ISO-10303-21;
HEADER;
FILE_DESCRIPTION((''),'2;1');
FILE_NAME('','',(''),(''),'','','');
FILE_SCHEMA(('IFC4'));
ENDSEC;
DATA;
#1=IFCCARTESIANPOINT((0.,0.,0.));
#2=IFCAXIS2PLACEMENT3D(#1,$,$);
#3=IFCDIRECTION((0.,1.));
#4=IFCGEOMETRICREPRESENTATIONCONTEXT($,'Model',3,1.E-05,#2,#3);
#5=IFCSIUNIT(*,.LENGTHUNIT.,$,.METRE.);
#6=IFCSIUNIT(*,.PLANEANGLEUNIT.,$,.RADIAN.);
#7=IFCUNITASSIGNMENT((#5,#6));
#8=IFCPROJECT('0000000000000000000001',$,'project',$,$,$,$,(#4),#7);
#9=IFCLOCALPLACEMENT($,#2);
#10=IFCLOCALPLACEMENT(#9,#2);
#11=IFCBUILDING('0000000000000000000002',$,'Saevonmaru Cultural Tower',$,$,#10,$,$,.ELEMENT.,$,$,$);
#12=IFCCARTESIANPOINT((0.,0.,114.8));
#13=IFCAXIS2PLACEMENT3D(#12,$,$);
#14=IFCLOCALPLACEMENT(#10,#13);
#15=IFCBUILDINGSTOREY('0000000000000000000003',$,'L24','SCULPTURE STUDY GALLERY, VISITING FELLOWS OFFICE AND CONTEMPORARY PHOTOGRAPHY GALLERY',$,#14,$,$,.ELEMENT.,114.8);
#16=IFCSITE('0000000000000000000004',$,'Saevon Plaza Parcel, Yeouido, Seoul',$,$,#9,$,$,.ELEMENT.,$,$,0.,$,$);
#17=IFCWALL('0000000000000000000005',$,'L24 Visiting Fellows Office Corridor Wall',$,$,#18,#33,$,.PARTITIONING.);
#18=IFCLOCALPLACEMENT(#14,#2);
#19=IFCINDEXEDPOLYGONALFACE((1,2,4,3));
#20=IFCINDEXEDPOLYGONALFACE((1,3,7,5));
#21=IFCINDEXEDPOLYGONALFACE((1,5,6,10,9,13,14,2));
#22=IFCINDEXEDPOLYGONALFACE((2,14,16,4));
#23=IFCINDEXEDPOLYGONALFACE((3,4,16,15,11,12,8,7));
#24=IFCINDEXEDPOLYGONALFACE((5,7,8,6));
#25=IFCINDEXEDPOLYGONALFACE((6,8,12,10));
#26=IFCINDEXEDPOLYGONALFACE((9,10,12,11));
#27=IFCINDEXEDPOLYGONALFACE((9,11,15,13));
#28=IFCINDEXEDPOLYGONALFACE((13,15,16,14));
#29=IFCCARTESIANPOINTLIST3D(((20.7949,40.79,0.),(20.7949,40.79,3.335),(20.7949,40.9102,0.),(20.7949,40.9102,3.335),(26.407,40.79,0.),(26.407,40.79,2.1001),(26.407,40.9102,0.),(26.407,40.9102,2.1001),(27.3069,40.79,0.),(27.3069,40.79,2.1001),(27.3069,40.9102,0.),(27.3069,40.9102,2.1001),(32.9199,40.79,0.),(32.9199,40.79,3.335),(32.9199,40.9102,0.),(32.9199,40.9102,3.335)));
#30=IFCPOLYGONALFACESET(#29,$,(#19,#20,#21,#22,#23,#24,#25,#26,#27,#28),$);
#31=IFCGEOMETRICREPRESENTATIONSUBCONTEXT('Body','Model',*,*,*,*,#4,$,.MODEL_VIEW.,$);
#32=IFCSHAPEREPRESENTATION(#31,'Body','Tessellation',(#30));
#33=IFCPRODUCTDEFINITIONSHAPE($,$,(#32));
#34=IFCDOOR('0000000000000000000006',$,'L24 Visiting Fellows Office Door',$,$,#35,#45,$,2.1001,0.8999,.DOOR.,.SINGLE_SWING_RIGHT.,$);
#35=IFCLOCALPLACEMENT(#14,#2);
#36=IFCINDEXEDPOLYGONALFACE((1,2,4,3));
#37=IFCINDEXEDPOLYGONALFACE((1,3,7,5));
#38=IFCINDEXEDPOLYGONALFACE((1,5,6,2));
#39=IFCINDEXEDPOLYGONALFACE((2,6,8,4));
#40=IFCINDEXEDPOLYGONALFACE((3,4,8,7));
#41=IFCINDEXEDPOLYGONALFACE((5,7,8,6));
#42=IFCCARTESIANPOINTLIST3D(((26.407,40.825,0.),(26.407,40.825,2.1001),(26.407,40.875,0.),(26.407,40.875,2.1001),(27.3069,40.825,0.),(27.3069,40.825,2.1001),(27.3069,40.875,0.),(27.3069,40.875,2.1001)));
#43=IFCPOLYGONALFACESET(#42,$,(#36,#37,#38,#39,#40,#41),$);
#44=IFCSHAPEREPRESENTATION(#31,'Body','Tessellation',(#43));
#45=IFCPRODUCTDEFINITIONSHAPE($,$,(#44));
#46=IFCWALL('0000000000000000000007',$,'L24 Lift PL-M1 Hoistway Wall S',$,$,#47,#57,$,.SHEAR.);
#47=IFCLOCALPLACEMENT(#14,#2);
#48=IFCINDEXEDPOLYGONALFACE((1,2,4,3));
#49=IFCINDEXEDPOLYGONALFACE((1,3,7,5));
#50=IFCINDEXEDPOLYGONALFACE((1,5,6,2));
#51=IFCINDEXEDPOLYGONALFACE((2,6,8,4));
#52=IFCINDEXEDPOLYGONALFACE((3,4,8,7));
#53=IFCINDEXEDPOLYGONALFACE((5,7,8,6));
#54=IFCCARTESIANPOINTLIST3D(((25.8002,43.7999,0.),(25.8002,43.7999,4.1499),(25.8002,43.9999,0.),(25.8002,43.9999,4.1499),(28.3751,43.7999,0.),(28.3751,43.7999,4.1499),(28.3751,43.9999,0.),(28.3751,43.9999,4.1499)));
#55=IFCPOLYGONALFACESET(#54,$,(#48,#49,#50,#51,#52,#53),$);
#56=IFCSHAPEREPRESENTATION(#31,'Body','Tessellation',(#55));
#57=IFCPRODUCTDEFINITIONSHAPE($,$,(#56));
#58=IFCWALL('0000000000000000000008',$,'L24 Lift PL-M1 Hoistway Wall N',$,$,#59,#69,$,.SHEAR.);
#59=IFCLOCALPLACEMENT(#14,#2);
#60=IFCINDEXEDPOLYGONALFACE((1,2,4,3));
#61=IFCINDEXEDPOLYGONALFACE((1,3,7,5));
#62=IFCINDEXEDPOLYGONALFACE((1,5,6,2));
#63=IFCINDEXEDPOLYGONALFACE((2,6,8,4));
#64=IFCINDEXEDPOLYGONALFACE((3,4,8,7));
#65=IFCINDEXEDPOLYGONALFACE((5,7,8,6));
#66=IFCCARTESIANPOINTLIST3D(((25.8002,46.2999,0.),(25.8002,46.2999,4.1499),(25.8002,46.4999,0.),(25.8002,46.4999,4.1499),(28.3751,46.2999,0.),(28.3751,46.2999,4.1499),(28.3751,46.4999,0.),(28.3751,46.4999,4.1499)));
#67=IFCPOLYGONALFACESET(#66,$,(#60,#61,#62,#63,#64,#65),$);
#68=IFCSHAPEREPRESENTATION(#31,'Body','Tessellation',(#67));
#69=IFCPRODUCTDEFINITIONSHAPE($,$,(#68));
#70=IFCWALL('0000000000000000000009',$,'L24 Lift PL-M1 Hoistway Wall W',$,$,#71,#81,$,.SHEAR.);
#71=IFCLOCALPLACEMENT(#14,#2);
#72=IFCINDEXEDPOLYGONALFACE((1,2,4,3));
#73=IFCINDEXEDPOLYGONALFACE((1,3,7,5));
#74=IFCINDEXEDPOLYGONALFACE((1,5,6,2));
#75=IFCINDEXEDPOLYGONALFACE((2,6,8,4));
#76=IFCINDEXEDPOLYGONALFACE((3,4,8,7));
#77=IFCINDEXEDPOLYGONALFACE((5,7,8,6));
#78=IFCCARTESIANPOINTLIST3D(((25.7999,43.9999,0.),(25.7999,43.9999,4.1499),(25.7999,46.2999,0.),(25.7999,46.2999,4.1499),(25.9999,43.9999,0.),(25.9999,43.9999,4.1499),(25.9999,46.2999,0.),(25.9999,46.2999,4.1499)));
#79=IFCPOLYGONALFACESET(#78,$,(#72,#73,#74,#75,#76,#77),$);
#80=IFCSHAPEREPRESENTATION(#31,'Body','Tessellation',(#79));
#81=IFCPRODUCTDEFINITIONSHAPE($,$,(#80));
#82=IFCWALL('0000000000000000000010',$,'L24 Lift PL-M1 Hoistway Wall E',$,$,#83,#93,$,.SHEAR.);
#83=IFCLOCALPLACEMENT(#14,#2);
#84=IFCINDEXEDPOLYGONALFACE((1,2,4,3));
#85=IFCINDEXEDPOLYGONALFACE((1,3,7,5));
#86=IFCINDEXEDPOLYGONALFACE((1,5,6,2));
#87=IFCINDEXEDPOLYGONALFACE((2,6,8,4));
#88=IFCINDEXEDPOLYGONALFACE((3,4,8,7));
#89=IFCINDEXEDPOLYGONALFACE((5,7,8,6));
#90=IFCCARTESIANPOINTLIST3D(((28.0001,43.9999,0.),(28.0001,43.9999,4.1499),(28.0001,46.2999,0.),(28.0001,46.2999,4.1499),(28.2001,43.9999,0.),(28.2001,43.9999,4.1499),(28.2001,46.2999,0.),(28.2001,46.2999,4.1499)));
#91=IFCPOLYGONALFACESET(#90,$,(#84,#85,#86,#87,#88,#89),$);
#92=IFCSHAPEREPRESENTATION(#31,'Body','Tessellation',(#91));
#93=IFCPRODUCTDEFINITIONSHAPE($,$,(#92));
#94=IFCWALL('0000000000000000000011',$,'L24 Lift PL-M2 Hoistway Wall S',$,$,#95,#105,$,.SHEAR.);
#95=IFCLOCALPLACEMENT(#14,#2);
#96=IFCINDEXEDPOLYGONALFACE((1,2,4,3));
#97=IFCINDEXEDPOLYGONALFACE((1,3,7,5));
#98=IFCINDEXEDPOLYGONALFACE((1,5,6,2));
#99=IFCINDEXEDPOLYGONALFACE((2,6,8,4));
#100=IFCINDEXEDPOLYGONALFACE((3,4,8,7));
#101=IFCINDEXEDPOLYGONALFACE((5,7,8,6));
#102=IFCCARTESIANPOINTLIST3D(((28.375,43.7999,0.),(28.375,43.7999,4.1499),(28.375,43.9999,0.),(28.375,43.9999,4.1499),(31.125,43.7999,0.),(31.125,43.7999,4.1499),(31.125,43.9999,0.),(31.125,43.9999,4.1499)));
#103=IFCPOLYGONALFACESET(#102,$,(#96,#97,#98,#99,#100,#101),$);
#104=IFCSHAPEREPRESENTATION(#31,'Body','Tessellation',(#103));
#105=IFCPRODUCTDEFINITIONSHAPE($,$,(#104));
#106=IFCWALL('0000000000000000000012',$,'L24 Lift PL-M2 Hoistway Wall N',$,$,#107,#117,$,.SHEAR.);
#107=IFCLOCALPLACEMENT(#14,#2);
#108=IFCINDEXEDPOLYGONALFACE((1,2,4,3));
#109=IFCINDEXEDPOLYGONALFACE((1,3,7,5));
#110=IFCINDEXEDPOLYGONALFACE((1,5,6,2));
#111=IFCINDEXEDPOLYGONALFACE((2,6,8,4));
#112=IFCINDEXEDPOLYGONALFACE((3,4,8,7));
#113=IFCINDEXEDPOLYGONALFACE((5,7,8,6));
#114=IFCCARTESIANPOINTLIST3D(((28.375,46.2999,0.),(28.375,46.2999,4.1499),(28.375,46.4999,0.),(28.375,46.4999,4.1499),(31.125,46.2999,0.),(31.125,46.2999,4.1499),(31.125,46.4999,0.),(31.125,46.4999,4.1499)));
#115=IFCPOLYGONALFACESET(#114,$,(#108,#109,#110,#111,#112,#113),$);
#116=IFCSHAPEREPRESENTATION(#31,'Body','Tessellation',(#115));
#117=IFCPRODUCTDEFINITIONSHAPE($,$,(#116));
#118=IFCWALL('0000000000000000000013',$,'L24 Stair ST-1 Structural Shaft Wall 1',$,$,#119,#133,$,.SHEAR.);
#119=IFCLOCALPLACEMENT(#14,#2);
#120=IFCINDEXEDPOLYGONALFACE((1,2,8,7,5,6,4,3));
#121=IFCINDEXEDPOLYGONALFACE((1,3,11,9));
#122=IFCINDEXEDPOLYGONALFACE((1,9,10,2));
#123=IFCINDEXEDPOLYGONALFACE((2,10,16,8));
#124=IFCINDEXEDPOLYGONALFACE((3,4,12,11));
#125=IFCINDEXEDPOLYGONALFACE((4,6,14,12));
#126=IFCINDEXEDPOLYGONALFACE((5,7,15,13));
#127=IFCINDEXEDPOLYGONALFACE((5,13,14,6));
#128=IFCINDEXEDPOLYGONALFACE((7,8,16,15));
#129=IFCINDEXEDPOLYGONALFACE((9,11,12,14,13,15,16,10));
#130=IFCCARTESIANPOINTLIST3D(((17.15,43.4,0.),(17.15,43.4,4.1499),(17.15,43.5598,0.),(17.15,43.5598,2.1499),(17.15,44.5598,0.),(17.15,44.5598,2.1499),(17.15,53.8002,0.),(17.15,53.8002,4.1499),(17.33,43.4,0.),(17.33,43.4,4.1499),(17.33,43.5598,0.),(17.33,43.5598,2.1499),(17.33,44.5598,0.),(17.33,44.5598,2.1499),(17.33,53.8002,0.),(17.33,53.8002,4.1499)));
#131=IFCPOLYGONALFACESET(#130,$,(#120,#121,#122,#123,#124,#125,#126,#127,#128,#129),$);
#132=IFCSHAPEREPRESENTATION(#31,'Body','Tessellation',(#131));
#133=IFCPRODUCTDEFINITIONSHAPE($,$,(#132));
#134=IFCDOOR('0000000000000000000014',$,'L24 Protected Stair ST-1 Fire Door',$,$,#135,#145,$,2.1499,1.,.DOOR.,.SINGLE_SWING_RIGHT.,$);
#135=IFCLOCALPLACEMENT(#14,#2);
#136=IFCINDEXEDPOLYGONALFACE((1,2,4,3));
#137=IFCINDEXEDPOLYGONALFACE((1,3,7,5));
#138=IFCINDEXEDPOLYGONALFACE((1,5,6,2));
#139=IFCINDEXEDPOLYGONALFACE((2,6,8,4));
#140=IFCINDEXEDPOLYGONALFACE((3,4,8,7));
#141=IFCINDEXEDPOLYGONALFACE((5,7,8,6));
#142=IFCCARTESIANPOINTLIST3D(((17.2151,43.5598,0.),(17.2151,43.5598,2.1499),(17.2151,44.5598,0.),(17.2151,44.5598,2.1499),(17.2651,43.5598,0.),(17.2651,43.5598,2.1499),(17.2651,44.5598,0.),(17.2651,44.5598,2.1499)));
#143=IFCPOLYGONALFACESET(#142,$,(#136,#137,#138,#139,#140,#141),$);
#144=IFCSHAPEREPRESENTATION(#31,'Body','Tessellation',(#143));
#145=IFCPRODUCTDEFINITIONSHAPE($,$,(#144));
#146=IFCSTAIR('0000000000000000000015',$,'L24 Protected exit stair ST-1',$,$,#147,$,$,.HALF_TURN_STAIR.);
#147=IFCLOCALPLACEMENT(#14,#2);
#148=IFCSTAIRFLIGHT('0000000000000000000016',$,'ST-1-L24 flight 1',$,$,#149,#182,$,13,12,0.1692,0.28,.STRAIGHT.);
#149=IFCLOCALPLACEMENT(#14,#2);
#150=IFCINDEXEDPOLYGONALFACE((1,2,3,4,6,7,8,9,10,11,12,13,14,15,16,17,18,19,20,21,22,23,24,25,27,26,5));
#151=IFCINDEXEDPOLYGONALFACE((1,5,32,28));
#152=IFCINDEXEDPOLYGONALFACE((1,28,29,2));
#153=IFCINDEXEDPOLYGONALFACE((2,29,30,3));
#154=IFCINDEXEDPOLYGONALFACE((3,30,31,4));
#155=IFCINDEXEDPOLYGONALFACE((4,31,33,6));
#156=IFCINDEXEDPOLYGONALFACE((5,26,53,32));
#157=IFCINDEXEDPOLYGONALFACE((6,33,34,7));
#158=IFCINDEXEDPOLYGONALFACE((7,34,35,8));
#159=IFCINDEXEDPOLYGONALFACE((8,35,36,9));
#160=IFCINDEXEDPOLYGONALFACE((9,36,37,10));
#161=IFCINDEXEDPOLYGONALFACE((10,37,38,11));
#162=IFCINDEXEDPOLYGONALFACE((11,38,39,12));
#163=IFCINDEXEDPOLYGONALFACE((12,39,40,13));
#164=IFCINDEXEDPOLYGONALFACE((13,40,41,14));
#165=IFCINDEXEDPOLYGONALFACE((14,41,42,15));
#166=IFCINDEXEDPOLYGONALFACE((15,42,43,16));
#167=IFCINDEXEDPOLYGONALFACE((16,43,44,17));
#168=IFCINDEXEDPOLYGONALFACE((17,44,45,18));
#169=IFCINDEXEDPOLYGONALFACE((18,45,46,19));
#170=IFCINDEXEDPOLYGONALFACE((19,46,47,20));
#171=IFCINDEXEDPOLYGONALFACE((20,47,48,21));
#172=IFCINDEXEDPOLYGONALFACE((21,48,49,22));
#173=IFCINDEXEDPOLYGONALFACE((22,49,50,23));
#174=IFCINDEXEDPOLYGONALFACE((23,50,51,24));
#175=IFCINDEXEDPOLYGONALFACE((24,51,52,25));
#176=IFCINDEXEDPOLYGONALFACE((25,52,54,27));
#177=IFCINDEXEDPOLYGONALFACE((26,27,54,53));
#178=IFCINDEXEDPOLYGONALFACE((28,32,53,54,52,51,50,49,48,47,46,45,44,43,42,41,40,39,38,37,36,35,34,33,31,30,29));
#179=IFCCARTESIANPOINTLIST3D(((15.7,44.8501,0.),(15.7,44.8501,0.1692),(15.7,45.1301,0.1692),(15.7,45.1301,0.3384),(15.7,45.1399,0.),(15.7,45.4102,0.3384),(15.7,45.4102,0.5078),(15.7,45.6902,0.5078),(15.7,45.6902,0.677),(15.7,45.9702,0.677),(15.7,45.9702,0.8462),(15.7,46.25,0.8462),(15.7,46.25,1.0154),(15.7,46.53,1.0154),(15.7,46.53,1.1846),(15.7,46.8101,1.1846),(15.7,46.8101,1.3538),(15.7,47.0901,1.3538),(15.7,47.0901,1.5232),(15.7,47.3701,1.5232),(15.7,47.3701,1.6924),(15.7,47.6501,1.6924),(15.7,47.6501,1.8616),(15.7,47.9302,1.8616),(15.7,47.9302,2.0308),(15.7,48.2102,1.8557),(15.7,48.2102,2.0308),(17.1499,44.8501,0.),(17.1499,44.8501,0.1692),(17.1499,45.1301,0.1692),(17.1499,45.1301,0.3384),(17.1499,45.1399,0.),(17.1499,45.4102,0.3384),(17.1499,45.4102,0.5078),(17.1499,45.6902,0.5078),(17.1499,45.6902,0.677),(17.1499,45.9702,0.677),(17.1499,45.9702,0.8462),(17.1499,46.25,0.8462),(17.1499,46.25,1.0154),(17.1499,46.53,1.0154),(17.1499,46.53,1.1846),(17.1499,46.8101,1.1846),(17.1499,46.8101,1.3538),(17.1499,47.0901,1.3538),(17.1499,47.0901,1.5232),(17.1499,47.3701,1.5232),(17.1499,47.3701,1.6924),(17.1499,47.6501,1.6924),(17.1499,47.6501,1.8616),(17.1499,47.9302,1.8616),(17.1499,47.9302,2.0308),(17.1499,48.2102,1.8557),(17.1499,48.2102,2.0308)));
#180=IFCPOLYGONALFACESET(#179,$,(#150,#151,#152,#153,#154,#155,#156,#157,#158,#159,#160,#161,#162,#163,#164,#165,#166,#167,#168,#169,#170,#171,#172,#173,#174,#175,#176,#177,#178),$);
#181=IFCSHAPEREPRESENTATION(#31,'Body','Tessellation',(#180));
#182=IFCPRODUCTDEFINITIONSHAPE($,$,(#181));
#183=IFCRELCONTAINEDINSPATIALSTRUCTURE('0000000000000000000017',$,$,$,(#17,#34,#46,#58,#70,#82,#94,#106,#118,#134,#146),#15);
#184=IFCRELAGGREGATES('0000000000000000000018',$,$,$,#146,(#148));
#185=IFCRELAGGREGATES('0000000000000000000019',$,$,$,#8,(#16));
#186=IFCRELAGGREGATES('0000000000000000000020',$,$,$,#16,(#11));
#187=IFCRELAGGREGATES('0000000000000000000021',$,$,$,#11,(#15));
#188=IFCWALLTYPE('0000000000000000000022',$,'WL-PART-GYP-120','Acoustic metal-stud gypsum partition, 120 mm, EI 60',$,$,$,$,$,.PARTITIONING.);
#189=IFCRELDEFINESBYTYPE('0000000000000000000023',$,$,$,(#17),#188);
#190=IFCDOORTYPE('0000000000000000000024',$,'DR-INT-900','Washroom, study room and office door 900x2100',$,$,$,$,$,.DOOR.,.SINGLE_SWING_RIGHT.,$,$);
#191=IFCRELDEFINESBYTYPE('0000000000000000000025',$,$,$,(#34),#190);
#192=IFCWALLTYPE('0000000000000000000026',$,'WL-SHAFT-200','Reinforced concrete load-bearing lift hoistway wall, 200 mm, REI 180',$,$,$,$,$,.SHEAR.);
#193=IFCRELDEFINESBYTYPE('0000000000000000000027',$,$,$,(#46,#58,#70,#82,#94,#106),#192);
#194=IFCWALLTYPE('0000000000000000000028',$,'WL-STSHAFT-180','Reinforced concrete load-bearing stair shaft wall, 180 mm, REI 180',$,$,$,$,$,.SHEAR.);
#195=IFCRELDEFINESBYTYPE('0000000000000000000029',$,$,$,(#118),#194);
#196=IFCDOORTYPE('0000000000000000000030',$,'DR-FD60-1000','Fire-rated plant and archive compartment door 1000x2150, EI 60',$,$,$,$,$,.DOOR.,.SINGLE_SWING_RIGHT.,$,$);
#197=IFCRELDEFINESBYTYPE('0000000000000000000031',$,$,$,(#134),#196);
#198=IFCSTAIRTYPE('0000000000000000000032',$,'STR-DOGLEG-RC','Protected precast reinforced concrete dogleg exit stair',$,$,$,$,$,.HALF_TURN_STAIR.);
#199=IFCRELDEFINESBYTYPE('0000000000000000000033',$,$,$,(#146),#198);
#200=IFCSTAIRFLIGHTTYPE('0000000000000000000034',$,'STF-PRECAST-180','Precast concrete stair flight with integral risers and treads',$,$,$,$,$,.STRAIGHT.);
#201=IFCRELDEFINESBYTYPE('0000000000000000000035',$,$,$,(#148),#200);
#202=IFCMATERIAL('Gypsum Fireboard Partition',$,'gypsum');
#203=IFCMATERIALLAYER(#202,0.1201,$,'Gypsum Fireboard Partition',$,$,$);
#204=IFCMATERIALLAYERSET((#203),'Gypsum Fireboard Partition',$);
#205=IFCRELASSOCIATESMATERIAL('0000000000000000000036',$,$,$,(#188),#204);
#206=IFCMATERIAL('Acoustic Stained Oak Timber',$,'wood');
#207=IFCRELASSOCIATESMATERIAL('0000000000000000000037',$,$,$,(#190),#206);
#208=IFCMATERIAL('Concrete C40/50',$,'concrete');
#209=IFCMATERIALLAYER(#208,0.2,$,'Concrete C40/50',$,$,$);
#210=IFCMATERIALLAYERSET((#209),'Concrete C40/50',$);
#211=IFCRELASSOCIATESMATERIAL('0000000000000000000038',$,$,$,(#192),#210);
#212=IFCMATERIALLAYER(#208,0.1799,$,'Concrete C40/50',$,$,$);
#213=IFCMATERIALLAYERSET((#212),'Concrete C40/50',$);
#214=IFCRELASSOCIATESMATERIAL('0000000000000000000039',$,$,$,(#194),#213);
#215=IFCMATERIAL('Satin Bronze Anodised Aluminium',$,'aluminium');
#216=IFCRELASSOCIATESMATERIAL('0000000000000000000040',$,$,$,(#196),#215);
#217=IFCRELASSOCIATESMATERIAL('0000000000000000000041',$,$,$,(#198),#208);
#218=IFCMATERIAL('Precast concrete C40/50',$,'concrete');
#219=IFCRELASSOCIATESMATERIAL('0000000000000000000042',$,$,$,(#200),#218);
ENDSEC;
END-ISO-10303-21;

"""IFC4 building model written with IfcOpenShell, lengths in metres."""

from ifc_helpers import new_model, si_unit, direction, frame, frame_2d, origin, place, context, subcontext, project, spatial, polyline, rectangle, outline, extrude, material, layer, layer_set, type_object, element, fill, aggregate, save


model = new_model("IFC4")

# Units and contexts
model_context = context("Model", 3, precision=1e-05, world=origin(), true_north=direction((0.0, 1.0)))
body_context = subcontext(model_context, "Body", "Model", "MODEL_VIEW")
ifc_project = project(units=[si_unit("LENGTHUNIT", "METRE"), si_unit("PLANEANGLEUNIT", "RADIAN")], contexts=[model_context])

# Site, building, storey
site_placement = place(None, origin())
site = spatial("IfcSite", under=ifc_project, at=site_placement, Name="Saevon Plaza Parcel, Yeouido, Seoul", CompositionType="ELEMENT", RefElevation=0.0)
building_placement = place(site_placement, origin())
building = spatial("IfcBuilding", under=site, at=building_placement, Name="Saevonmaru Cultural Tower", CompositionType="ELEMENT")
storey_placement = place(building_placement, frame((0.0, 0.0, 114.8)))
storey = spatial("IfcBuildingStorey", under=building, at=storey_placement, Name="L24", Description="SCULPTURE STUDY GALLERY, VISITING FELLOWS OFFICE AND CONTEMPORARY PHOTOGRAPHY GALLERY", CompositionType="ELEMENT", Elevation=114.8)

# Wall, opening, door
ifc_material_1 = material(Name="Gypsum Fireboard Partition", Category="gypsum")
ifc_material_2 = material(Name="Satin Bronze Anodised Aluminium", Category="aluminium")
ifc_layer_1 = layer(ifc_material_1, 0.1201, Name="Gypsum Fireboard Partition")
ifc_layer_set_1 = layer_set([ifc_layer_1], Name="Gypsum Fireboard Partition")
wall_type_1 = type_object("IfcWallType", Name="WL-PART-GYP-120", Description="Acoustic metal-stud gypsum partition, 120 mm, EI 60", PredefinedType="PARTITIONING", material=ifc_layer_set_1)
ifc_material_3 = material(Name="Acoustic Stained Oak Timber", Category="wood")
door_type_1 = type_object("IfcDoorType", Name="DR-INT-900", Description="Washroom, study room and office door 900x2100", OperationType="SINGLE_SWING_RIGHT", PredefinedType="DOOR", material=ifc_material_3)
wall_1_placement = place(storey_placement, frame((20.7949, 40.8501, 0.0), z_axis=(0.0, 0.0, 1.0), x_axis=(1.0, 0.0, 0.0)))
wall_1 = element("IfcWall", 1, at=wall_1_placement, inside=storey, type_object=wall_type_1, Name="L24 Visiting Fellows Office Corridor Wall", PredefinedType="PARTITIONING", context=body_context, shape_type="SweptSolid", body=[
    extrude(rectangle(XDim=12.125, YDim=0.1201, at=frame_2d((6.0625, 0.0))), origin(), (0.0, 0.0, 1.0), 3.335),
])
opening_1_placement = place(wall_1_placement, frame((5.6121, 0.0, 0.0)))
opening_1 = element("IfcOpeningElement", 2, at=opening_1_placement, cuts=wall_1, PredefinedType="OPENING", context=body_context, shape_type="SweptSolid", body=[
    extrude(rectangle(XDim=0.8999, YDim=2.1001, at=frame_2d((0.45, 1.05))), frame((0.0, 0.0701, 0.0), z_axis=(0.0, -1.0, 0.0), x_axis=(1.0, 0.0, 0.0)), (0.0, 0.0, 1.0), 0.1401),
])
door_1_placement = place(opening_1_placement, origin())
door_1 = element("IfcDoor", 3, at=door_1_placement, inside=storey, type_object=door_type_1, Name="L24 Visiting Fellows Office Door", OperationType="SINGLE_SWING_RIGHT", OverallHeight=2.1001, OverallWidth=0.8999, PredefinedType="DOOR", context=body_context, shape_type="SweptSolid", body=[
    extrude(rectangle(XDim=0.8999, YDim=2.1001, at=frame_2d((0.45, 1.05))), frame((0.0, 0.0249, 0.0), z_axis=(0.0, -1.0, 0.0), x_axis=(1.0, 0.0, 0.0)), (0.0, 0.0, 1.0), 0.05),
])
fill(opening_1, door_1)

# Walls
ifc_material_4 = material(Name="Concrete C40/50", Category="concrete")
ifc_layer_2 = layer(ifc_material_4, 0.2, Name="Concrete C40/50")
ifc_layer_set_2 = layer_set([ifc_layer_2], Name="Concrete C40/50")
wall_type_2 = type_object("IfcWallType", Name="WL-SHAFT-200", Description="Reinforced concrete load-bearing lift hoistway wall, 200 mm, REI 180", PredefinedType="SHEAR", material=ifc_layer_set_2)
for number, where, z_axis, x_axis, name in (
    (4, (25.8, 43.8999, 0.0), (0.0, 0.0, 1.0), (1.0, 0.0, 0.0), "L24 Lift PL-M1 Hoistway Wall S"),
    (5, (25.8, 46.3999, 0.0), (0.0, 0.0, 1.0), (1.0, 0.0, 0.0), "L24 Lift PL-M1 Hoistway Wall N"),
):
    element("IfcWall", number, at=place(storey_placement, frame(where, z_axis=z_axis, x_axis=x_axis)), inside=storey, type_object=wall_type_2, Name=name, PredefinedType="SHEAR", context=body_context, shape_type="SweptSolid", body=[
        extrude(rectangle(XDim=2.575, YDim=0.2, at=frame_2d((1.2876, 0.0))), origin(), (0.0, 0.0, 1.0), 4.1499),
    ])
for number, where, z_axis, x_axis, name in (
    (6, (25.8999, 44.0, 0.0), (0.0, 0.0, 1.0), (0.0, 1.0, 0.0), "L24 Lift PL-M1 Hoistway Wall W"),
    (7, (28.1001, 44.0, 0.0), (0.0, 0.0, 1.0), (0.0, 1.0, 0.0), "L24 Lift PL-M1 Hoistway Wall E"),
):
    element("IfcWall", number, at=place(storey_placement, frame(where, z_axis=z_axis, x_axis=x_axis)), inside=storey, type_object=wall_type_2, Name=name, PredefinedType="SHEAR", context=body_context, shape_type="SweptSolid", body=[
        extrude(rectangle(XDim=2.3, YDim=0.2, at=frame_2d((1.1499, 0.0))), origin(), (0.0, 0.0, 1.0), 4.1499),
    ])
for number, where, z_axis, x_axis, name in (
    (8, (28.375, 43.8999, 0.0), (0.0, 0.0, 1.0), (1.0, 0.0, 0.0), "L24 Lift PL-M2 Hoistway Wall S"),
    (9, (28.375, 46.3999, 0.0), (0.0, 0.0, 1.0), (1.0, 0.0, 0.0), "L24 Lift PL-M2 Hoistway Wall N"),
):
    element("IfcWall", number, at=place(storey_placement, frame(where, z_axis=z_axis, x_axis=x_axis)), inside=storey, type_object=wall_type_2, Name=name, PredefinedType="SHEAR", context=body_context, shape_type="SweptSolid", body=[
        extrude(rectangle(XDim=2.75, YDim=0.2, at=frame_2d((1.375, 0.0))), origin(), (0.0, 0.0, 1.0), 4.1499),
    ])

# Wall, opening, door
ifc_layer_3 = layer(ifc_material_4, 0.1799, Name="Concrete C40/50")
ifc_layer_set_3 = layer_set([ifc_layer_3], Name="Concrete C40/50")
wall_type_3 = type_object("IfcWallType", Name="WL-STSHAFT-180", Description="Reinforced concrete load-bearing stair shaft wall, 180 mm, REI 180", PredefinedType="SHEAR", material=ifc_layer_set_3)
wall_2_placement = place(storey_placement, frame((17.24, 43.3999, 0.0), z_axis=(0.0, 0.0, 1.0), x_axis=(0.0, 1.0, 0.0)))
wall_2 = element("IfcWall", 10, at=wall_2_placement, inside=storey, type_object=wall_type_3, Name="L24 Stair ST-1 Structural Shaft Wall 1", PredefinedType="SHEAR", context=body_context, shape_type="SweptSolid", body=[
    extrude(rectangle(XDim=10.4001, YDim=0.1799, at=frame_2d((5.2002, 0.0))), origin(), (0.0, 0.0, 1.0), 4.1499),
])
opening_2_placement = place(wall_2_placement, frame((0.1599, 0.0, 0.0)))
opening_2 = element("IfcOpeningElement", 11, at=opening_2_placement, cuts=wall_2, PredefinedType="OPENING", context=body_context, shape_type="SweptSolid", body=[
    extrude(rectangle(XDim=1.0, YDim=2.1499, at=frame_2d((0.5, 1.075))), frame((0.0, 0.1001, 0.0), z_axis=(0.0, -1.0, 0.0), x_axis=(1.0, 0.0, 0.0)), (0.0, 0.0, 1.0), 0.2),
])
door_type_2 = type_object("IfcDoorType", Name="DR-FD60-1000", Description="Fire-rated plant and archive compartment door 1000x2150, EI 60", OperationType="SINGLE_SWING_RIGHT", PredefinedType="DOOR", material=ifc_material_2)
door_2_placement = place(opening_2_placement, origin())
door_2 = element("IfcDoor", 12, at=door_2_placement, inside=storey, type_object=door_type_2, Name="L24 Protected Stair ST-1 Fire Door", OperationType="SINGLE_SWING_RIGHT", OverallHeight=2.1499, OverallWidth=1.0, PredefinedType="DOOR", context=body_context, shape_type="SweptSolid", body=[
    extrude(rectangle(XDim=1.0, YDim=2.1499, at=frame_2d((0.5, 1.075))), frame((0.0, 0.0249, 0.0), z_axis=(0.0, -1.0, 0.0), x_axis=(1.0, 0.0, 0.0)), (0.0, 0.0, 1.0), 0.05),
])
fill(opening_2, door_2)

# Stair, stair flight
stair_type = type_object("IfcStairType", Name="STR-DOGLEG-RC", Description="Protected precast reinforced concrete dogleg exit stair", PredefinedType="HALF_TURN_STAIR", material=ifc_material_4)
stair_placement = place(storey_placement, origin())
stair = element("IfcStair", 13, at=stair_placement, inside=storey, type_object=stair_type, Name="L24 Protected exit stair ST-1", PredefinedType="HALF_TURN_STAIR")
ifc_material_5 = material(Name="Precast concrete C40/50", Category="concrete")
stair_flight_type = type_object("IfcStairFlightType", Name="STF-PRECAST-180", Description="Precast concrete stair flight with integral risers and treads", PredefinedType="STRAIGHT", material=ifc_material_5)
stair_flight_1_placement = place(storey_placement, frame((16.425, 44.8501, 0.0), z_axis=(0.0, 0.0, 1.0), x_axis=(0.0, 1.0, 0.0)))
stair_flight_1 = element("IfcStairFlight", 14, at=stair_flight_1_placement, type_object=stair_flight_type, Name="ST-1-L24 flight 1", NumberOfRisers=13, NumberOfTreads=12, PredefinedType="STRAIGHT", RiserHeight=0.1692, TreadLength=0.28, context=body_context, shape_type="SweptSolid", body=[
    extrude(outline(polyline([(0.0, 0.0), (0.0, 0.1692), (0.28, 0.1692), (0.28, 0.3384), (0.5601, 0.3384), (0.5601, 0.5078), (0.8401, 0.5078), (0.8401, 0.677), (1.1201, 0.677), (1.1201, 0.8462), (1.3999, 0.8462), (1.3999, 1.0154), (1.6799, 1.0154), (1.6799, 1.1846), (1.96, 1.1846), (1.96, 1.3538), (2.24, 1.3538), (2.24, 1.5232), (2.52, 1.5232), (2.52, 1.6924), (2.8, 1.6924), (2.8, 1.8616), (3.0801, 1.8616), (3.0801, 2.0308), (3.3601, 2.0308), (3.3601, 2.2), (3.3601, 1.8557), (0.2898, 0.0), (0.0, 0.0)])), frame((0.0, 0.7251, 0.0), z_axis=(0.0, -1.0, 0.0), x_axis=(1.0, 0.0, 0.0)), (0.0, 0.0, 1.0), 1.45),
])
aggregate(stair, [stair_flight_1])

save(model, "model.ifc")
